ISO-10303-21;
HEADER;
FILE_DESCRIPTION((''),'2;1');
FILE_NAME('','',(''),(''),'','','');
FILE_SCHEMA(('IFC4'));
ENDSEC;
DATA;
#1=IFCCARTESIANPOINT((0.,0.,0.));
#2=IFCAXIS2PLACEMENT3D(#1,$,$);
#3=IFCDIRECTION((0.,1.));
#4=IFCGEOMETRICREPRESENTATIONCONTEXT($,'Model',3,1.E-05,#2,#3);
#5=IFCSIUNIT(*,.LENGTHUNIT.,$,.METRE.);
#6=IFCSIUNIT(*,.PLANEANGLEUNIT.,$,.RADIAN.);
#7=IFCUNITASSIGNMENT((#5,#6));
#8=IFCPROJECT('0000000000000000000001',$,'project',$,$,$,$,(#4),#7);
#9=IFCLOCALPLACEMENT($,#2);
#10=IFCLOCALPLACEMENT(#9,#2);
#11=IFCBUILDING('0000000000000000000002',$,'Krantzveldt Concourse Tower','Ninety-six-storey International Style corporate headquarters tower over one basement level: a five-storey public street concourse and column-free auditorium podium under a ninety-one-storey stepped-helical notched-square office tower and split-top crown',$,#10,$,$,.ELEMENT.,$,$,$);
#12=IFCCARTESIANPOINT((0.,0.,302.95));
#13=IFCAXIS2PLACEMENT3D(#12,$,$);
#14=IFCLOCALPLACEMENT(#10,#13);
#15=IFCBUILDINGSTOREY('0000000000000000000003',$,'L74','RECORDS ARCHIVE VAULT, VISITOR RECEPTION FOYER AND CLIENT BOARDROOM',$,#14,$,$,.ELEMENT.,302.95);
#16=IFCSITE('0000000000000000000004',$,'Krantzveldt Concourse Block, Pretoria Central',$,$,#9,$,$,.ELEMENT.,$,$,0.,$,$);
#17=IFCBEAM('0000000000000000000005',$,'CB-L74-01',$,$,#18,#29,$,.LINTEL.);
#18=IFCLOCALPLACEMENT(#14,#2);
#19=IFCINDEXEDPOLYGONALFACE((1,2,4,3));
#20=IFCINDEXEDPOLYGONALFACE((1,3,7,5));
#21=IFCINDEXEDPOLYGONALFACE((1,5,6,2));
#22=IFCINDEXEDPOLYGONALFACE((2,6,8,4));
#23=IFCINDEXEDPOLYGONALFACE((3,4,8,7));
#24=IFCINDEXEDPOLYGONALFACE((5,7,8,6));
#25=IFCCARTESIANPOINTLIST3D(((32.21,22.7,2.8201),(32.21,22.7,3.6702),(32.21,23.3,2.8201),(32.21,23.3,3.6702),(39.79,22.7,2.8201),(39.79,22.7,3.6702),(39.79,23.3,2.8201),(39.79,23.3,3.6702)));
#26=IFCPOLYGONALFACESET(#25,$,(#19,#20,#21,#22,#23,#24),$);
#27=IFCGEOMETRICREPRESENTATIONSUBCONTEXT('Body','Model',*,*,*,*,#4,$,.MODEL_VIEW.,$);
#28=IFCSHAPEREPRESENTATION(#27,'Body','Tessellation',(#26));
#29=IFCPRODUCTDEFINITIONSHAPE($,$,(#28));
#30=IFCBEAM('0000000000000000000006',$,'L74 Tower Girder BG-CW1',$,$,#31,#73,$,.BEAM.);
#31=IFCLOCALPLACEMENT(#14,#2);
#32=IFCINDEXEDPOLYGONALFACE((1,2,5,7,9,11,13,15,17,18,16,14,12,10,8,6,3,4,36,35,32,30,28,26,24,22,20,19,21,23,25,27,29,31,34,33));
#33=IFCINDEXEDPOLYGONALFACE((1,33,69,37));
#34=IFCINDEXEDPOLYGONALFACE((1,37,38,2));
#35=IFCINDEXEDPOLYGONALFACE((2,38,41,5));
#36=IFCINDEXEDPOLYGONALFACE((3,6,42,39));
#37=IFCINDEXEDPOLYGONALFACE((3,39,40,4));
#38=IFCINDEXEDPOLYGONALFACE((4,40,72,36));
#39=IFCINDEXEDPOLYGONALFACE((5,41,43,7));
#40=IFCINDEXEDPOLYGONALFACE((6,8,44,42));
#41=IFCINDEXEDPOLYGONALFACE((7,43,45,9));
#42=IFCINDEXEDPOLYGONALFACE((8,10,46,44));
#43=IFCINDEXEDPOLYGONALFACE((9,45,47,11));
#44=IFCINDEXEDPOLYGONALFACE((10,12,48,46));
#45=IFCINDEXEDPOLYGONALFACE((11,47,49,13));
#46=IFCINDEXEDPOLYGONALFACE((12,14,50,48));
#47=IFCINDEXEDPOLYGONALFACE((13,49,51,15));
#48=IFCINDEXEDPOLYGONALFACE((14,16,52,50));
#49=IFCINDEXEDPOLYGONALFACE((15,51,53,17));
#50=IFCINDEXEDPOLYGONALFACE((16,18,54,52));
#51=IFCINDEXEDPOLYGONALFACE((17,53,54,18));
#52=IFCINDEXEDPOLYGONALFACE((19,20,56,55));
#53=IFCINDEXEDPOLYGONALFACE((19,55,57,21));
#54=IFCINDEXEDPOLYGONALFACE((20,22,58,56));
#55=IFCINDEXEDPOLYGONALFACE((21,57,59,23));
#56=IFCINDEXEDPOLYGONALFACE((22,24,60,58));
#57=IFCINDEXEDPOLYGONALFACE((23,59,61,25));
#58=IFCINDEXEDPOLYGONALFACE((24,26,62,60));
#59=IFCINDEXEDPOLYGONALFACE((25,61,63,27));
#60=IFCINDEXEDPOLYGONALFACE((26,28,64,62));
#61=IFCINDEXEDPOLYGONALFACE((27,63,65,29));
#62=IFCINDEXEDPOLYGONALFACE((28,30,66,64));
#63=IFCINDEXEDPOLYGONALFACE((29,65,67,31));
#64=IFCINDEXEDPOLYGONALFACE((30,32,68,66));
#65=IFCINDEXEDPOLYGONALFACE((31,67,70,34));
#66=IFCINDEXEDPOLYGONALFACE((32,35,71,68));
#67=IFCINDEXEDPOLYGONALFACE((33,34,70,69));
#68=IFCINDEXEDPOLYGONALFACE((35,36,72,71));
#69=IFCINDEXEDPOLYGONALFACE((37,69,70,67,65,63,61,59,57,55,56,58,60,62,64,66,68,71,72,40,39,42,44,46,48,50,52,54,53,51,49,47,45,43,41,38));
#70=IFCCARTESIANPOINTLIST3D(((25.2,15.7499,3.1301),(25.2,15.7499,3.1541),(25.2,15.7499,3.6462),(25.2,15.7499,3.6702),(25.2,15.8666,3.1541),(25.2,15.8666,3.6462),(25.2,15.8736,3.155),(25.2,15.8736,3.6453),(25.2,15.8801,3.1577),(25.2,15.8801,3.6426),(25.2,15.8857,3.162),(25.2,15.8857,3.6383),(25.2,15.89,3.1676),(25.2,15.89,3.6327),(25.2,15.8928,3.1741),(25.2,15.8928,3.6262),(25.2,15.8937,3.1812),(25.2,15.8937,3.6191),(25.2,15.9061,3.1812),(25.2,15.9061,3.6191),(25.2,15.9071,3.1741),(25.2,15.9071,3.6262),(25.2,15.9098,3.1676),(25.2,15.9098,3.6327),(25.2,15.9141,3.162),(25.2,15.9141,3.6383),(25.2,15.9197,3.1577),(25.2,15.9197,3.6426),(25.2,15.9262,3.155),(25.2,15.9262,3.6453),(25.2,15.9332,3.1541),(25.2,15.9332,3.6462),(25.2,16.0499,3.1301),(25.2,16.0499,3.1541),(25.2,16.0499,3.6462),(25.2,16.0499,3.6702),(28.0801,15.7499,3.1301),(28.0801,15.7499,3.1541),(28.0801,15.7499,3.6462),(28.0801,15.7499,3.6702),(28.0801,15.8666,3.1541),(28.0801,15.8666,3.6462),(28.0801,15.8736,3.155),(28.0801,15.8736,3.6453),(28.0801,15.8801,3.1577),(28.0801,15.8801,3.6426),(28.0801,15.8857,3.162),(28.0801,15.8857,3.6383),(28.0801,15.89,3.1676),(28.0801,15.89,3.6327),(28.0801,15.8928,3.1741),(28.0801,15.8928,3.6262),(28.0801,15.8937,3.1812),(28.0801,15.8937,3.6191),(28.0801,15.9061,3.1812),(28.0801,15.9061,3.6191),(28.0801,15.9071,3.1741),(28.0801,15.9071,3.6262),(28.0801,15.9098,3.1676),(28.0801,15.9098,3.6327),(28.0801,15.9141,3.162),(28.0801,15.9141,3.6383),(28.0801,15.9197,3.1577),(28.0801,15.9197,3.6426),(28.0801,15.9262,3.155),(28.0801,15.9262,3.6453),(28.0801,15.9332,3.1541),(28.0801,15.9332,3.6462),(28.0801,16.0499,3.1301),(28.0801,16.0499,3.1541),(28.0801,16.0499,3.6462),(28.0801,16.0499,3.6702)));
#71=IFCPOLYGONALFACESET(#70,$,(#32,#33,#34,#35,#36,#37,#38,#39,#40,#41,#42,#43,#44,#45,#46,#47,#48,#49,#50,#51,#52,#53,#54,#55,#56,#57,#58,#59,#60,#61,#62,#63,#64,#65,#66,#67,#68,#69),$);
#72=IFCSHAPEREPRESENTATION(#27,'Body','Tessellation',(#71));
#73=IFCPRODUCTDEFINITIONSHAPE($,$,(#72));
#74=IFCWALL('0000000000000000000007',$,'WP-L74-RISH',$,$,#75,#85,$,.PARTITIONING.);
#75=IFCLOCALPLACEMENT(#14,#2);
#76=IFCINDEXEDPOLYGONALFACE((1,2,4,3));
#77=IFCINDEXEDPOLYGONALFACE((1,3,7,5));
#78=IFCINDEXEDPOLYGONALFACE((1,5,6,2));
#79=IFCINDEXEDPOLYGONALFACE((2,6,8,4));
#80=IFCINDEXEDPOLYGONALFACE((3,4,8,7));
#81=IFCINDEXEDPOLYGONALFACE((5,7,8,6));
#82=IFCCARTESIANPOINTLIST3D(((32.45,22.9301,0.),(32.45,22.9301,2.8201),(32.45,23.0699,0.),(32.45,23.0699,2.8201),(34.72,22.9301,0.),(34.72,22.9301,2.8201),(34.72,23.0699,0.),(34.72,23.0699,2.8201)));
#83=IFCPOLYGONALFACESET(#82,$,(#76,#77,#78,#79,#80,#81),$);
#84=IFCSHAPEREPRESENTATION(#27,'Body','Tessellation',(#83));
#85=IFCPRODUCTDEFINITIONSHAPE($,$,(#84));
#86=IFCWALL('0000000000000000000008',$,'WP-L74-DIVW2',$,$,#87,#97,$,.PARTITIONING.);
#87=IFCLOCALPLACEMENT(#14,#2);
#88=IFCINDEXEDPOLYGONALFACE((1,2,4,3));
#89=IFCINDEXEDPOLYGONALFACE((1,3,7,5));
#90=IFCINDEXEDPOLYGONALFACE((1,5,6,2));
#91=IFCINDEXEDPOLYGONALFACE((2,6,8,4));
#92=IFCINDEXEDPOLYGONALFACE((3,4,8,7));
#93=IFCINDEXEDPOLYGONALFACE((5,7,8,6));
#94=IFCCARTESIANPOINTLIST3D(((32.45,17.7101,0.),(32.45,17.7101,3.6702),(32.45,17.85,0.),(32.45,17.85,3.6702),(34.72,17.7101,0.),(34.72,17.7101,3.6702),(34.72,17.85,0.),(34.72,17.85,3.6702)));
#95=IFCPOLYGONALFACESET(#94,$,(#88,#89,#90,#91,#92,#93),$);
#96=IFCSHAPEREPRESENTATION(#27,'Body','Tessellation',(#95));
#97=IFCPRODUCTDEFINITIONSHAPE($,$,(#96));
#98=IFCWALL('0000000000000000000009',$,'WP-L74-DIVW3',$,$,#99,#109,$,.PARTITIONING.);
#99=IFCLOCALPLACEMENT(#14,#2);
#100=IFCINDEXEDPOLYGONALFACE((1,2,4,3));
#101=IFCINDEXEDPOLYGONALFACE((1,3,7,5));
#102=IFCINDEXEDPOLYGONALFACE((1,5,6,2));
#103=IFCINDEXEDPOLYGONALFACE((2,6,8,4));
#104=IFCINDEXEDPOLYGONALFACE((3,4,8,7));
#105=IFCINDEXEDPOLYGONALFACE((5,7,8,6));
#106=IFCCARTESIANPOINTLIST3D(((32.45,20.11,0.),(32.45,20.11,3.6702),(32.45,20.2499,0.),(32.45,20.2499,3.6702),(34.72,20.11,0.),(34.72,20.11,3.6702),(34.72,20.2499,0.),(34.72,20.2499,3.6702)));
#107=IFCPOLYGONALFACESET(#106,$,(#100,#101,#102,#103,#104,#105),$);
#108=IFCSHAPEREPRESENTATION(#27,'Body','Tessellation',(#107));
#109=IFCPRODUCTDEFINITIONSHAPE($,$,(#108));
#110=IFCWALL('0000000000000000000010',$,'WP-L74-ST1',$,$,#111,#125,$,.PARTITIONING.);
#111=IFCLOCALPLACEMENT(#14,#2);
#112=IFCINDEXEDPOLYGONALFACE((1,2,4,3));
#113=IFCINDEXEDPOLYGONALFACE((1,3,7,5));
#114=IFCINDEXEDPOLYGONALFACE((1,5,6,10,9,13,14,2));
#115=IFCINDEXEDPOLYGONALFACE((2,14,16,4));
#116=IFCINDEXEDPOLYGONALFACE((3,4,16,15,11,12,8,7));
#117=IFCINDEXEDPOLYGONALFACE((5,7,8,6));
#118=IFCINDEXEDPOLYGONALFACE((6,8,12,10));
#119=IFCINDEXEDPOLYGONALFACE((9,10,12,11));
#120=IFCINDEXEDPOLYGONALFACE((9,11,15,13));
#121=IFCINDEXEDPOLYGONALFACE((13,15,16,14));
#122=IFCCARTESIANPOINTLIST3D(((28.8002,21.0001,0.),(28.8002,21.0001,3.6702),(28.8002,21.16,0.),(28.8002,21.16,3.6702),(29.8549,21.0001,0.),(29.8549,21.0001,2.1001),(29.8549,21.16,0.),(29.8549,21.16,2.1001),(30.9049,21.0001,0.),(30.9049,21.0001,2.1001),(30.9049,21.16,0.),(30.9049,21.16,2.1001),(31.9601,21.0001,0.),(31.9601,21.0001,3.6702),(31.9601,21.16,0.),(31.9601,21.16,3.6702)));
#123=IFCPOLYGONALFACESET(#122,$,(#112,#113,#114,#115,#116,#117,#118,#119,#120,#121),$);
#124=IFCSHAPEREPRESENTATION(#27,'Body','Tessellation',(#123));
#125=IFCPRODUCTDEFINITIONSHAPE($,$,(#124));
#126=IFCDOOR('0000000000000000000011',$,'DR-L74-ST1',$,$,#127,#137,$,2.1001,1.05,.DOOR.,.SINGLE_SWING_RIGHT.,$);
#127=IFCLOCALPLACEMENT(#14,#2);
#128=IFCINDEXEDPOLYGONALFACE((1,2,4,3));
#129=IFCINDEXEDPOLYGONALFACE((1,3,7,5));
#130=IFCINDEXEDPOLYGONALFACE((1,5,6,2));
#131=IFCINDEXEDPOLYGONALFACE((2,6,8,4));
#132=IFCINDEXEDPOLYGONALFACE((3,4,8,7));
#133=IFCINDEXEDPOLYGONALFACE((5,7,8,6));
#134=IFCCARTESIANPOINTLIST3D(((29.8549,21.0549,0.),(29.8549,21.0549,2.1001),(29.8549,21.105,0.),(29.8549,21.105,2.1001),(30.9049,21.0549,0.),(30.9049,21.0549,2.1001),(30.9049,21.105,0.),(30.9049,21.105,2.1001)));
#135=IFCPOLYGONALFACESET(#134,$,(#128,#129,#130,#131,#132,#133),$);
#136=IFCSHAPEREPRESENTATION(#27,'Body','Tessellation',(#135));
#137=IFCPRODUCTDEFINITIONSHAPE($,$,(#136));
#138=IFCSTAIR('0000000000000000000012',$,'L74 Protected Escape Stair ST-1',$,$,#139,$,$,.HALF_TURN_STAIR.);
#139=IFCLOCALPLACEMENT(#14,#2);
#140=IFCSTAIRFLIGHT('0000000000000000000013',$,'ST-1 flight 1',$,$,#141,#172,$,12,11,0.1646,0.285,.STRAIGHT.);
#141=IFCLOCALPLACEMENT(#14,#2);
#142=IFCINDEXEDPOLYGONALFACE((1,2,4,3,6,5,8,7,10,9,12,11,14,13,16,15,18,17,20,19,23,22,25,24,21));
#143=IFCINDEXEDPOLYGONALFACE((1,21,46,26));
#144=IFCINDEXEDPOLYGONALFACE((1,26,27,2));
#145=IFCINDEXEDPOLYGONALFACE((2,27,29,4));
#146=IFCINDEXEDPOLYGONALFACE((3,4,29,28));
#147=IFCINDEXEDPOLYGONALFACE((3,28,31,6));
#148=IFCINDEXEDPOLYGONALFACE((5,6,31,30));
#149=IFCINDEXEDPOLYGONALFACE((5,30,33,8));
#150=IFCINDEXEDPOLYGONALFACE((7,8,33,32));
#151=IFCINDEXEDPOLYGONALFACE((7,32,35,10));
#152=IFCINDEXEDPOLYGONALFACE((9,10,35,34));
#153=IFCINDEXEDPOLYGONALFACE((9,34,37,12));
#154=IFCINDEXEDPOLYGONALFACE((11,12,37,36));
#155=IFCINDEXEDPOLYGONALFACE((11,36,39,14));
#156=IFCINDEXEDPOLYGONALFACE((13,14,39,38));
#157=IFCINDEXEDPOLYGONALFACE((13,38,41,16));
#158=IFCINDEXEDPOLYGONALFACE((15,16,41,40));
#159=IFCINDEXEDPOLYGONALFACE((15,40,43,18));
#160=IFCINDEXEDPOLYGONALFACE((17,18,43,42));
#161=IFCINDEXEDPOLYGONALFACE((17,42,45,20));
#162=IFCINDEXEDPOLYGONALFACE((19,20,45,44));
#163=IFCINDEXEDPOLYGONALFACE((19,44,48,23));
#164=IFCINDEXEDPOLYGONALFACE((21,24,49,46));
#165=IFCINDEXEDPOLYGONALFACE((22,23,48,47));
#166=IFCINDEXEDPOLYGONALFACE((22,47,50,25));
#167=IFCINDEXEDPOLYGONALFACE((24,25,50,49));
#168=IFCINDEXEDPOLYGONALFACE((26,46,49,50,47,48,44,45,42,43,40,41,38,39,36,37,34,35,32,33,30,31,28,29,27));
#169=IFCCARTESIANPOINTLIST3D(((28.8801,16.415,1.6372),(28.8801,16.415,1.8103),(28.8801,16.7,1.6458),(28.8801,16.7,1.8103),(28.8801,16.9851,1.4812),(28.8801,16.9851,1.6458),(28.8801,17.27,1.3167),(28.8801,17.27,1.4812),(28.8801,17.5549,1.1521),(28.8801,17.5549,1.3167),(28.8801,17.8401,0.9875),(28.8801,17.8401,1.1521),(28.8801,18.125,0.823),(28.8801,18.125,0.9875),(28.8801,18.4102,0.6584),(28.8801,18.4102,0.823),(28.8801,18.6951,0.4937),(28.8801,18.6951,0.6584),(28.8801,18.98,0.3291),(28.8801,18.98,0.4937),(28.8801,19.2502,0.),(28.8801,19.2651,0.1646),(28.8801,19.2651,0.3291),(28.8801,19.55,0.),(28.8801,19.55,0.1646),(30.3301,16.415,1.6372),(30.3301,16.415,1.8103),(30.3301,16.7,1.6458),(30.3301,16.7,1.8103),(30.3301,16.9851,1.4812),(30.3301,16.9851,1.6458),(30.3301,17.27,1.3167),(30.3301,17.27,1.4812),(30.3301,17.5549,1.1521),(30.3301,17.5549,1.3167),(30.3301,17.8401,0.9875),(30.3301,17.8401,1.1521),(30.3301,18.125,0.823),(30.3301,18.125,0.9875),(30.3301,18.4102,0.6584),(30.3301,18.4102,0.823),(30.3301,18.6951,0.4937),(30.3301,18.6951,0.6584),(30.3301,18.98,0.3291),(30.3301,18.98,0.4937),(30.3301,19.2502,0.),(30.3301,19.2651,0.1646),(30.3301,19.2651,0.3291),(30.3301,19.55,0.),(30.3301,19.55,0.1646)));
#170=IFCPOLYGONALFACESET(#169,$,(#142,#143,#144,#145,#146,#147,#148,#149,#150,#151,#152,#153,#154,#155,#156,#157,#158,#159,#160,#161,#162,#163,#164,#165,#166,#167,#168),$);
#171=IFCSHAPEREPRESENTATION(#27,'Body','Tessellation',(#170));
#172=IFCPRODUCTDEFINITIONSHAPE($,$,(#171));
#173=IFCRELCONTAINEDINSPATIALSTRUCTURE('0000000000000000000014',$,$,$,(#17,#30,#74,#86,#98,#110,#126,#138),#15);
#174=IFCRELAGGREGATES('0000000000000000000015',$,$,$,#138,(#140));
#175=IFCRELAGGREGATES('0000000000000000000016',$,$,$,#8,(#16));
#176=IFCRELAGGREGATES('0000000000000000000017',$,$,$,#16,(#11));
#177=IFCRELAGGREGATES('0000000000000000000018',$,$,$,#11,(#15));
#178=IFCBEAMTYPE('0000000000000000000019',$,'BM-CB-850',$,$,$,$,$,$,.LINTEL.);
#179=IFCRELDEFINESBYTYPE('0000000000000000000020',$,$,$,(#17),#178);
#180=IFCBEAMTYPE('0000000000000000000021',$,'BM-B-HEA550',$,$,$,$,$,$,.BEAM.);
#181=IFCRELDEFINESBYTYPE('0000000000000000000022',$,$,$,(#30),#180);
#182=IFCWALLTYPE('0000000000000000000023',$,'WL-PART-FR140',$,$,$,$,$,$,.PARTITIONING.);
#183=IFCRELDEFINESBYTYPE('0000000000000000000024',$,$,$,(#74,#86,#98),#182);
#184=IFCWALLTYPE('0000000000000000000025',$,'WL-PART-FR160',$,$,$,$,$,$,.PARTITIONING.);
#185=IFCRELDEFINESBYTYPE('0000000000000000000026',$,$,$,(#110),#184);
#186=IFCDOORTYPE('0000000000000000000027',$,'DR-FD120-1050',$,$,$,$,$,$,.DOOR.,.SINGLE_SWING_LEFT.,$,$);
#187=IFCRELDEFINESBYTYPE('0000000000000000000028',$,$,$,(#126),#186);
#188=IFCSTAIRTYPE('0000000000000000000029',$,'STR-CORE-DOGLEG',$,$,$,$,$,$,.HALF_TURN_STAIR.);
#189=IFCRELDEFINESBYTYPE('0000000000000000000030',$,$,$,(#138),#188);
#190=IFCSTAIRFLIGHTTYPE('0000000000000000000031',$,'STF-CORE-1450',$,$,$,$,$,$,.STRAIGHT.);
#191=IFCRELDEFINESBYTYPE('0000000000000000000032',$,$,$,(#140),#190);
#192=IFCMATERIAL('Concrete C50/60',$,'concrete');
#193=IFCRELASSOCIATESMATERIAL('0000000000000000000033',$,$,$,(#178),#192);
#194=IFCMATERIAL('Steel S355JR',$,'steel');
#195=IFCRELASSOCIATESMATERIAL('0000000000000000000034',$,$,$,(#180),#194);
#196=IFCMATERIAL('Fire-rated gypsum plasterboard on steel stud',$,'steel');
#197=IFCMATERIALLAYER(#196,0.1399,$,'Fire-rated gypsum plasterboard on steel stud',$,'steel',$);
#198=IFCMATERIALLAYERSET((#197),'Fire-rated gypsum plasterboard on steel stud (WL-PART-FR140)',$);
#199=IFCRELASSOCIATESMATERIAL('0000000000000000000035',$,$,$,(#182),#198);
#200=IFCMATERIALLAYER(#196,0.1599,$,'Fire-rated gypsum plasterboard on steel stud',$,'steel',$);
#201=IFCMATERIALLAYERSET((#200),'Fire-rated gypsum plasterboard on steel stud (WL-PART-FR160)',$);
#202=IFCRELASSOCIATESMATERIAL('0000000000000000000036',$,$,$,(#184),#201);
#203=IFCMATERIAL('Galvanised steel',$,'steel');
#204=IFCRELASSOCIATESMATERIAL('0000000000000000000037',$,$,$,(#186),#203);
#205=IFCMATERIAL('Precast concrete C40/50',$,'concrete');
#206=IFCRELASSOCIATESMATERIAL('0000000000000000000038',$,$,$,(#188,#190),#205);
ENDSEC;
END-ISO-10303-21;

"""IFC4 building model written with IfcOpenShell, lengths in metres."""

from ifc_helpers import new_model, si_unit, direction, frame, frame_2d, origin, origin_2d, place, context, subcontext, project, spatial, polyline, rectangle, i_section, outline, extrude, source, transform, mapped, material, layer, layer_set, material_profile, profile_set, type_object, type_shapes, element, fill, aggregate, save


model = new_model("IFC4")

# Units and contexts
model_context = context("Model", 3, precision=1e-05, world=origin(), true_north=direction((0.0, 1.0)))
body_context = subcontext(model_context, "Body", "Model", "MODEL_VIEW")
ifc_project = project(units=[si_unit("LENGTHUNIT", "METRE"), si_unit("PLANEANGLEUNIT", "RADIAN")], contexts=[model_context])

# Site, building, storey
site_placement = place(None, origin())
site = spatial("IfcSite", under=ifc_project, at=site_placement, Name="Krantzveldt Concourse Block, Pretoria Central", CompositionType="ELEMENT", RefElevation=0.0)
building_placement = place(site_placement, origin())
building = spatial("IfcBuilding", under=site, at=building_placement, Name="Krantzveldt Concourse Tower", Description="Ninety-six-storey International Style corporate headquarters tower over one basement level: a five-storey public street concourse and column-free auditorium podium under a ninety-one-storey stepped-helical notched-square office tower and split-top crown", CompositionType="ELEMENT")
storey_placement = place(building_placement, frame((0.0, 0.0, 302.95)))
storey = spatial("IfcBuildingStorey", under=building, at=storey_placement, Name="L74", Description="RECORDS ARCHIVE VAULT, VISITOR RECEPTION FOYER AND CLIENT BOARDROOM", CompositionType="ELEMENT", Elevation=302.95)

# Beams
ifc_material_1 = material(Name="Concrete C50/60", Category="concrete")
ifc_material_profile_1 = material_profile(ifc_material_1, rectangle(XDim=0.6001, YDim=0.8501, at=origin_2d()), Name="Concrete C50/60", Category="concrete")
ifc_profile_set_1 = profile_set([ifc_material_profile_1], Name="Concrete C50/60 - RC-CB 600x850")
beam_type_1 = type_object("IfcBeamType", Name="BM-CB-850", PredefinedType="LINTEL", material=ifc_profile_set_1)
shared_shape_1 = source(origin(), body_context, "Body", "SweptSolid", [
    extrude(rectangle(XDim=0.6001, YDim=0.8501, at=origin_2d()), origin(), (0.0, 0.0, 1.0), 7.5801),
])
type_shapes(beam_type_1, [shared_shape_1])
beam_1_placement = place(storey_placement, frame((32.21, 23.0, 3.2451), z_axis=(1.0, 0.0, 0.0), x_axis=(0.0, 1.0, 0.0)))
element("IfcBeam", 1, at=beam_1_placement, inside=storey, type_object=beam_type_1, Name="CB-L74-01", PredefinedType="LINTEL", context=body_context, shape_type="MappedRepresentation", body=[
    mapped(shared_shape_1, transform((0.0, 0.0, 0.0), x_axis=(1.0, 0.0, 0.0), y_axis=(0.0, 1.0, 0.0), z_axis=(0.0, 0.0, 1.0), scale=1.0)),
])
ifc_material_2 = material(Name="Steel S355JR", Category="steel")
ifc_material_profile_2 = material_profile(ifc_material_2, i_section(OverallWidth=0.3, OverallDepth=0.54, WebThickness=0.0125, FlangeThickness=0.0239, FilletRadius=0.0271, at=origin_2d()), Name="Steel S355JR", Category="steel")
ifc_profile_set_2 = profile_set([ifc_material_profile_2], Name="Steel S355JR - HEA 550")
beam_type_2 = type_object("IfcBeamType", Name="BM-B-HEA550", PredefinedType="BEAM", material=ifc_profile_set_2)
shared_shape_2 = source(origin(), body_context, "Body", "SweptSolid", [
    extrude(i_section(OverallWidth=0.3, OverallDepth=0.54, WebThickness=0.0125, FlangeThickness=0.0239, FilletRadius=0.0271, at=origin_2d()), origin(), (0.0, 0.0, 1.0), 2.8801),
])
type_shapes(beam_type_2, [shared_shape_2])
beam_2_placement = place(storey_placement, frame((25.2, 15.8999, 3.4001), z_axis=(1.0, 0.0, 0.0), x_axis=(0.0, 1.0, 0.0)))
element("IfcBeam", 2, at=beam_2_placement, inside=storey, type_object=beam_type_2, Name="L74 Tower Girder BG-CW1", PredefinedType="BEAM", context=body_context, shape_type="MappedRepresentation", body=[
    mapped(shared_shape_2, transform((0.0, 0.0, 0.0), x_axis=(1.0, 0.0, 0.0), y_axis=(0.0, 1.0, 0.0), z_axis=(0.0, 0.0, 1.0), scale=1.0)),
])

# Walls
ifc_material_3 = material(Name="Fire-rated gypsum plasterboard on steel stud", Category="steel")
ifc_layer_1 = layer(ifc_material_3, 0.1399, Name="Fire-rated gypsum plasterboard on steel stud", Category="steel")
ifc_layer_set_1 = layer_set([ifc_layer_1], Name="Fire-rated gypsum plasterboard on steel stud (WL-PART-FR140)")
wall_type_1 = type_object("IfcWallType", Name="WL-PART-FR140", PredefinedType="PARTITIONING", material=ifc_layer_set_1)
wall_1_placement = place(storey_placement, frame((32.45, 23.0, 0.0), z_axis=(0.0, 0.0, 1.0), x_axis=(1.0, 0.0, 0.0)))
element("IfcWall", 3, at=wall_1_placement, inside=storey, type_object=wall_type_1, Name="WP-L74-RISH", PredefinedType="PARTITIONING", context=body_context, shape_type="SweptSolid", body=[
    extrude(rectangle(XDim=2.27, YDim=0.1399, at=frame_2d((1.135, 0.0))), origin(), (0.0, 0.0, 1.0), 2.8201),
])
for number, where, z_axis, x_axis, name in (
    (4, (32.45, 17.78, 0.0), (0.0, 0.0, 1.0), (1.0, 0.0, 0.0), "WP-L74-DIVW2"),
    (5, (32.45, 20.1799, 0.0), (0.0, 0.0, 1.0), (1.0, 0.0, 0.0), "WP-L74-DIVW3"),
):
    element("IfcWall", number, at=place(storey_placement, frame(where, z_axis=z_axis, x_axis=x_axis)), inside=storey, type_object=wall_type_1, Name=name, PredefinedType="PARTITIONING", context=body_context, shape_type="SweptSolid", body=[
        extrude(rectangle(XDim=2.27, YDim=0.1399, at=frame_2d((1.135, 0.0))), origin(), (0.0, 0.0, 1.0), 3.6702),
    ])

# Wall, opening, door
ifc_layer_2 = layer(ifc_material_3, 0.1599, Name="Fire-rated gypsum plasterboard on steel stud", Category="steel")
ifc_layer_set_2 = layer_set([ifc_layer_2], Name="Fire-rated gypsum plasterboard on steel stud (WL-PART-FR160)")
wall_type_2 = type_object("IfcWallType", Name="WL-PART-FR160", PredefinedType="PARTITIONING", material=ifc_layer_set_2)
wall_2_placement = place(storey_placement, frame((28.8, 21.0801, 0.0), z_axis=(0.0, 0.0, 1.0), x_axis=(1.0, 0.0, 0.0)))
wall_2 = element("IfcWall", 6, at=wall_2_placement, inside=storey, type_object=wall_type_2, Name="WP-L74-ST1", PredefinedType="PARTITIONING", context=body_context, shape_type="SweptSolid", body=[
    extrude(rectangle(XDim=3.1599, YDim=0.1599, at=frame_2d((1.5801, 0.0))), origin(), (0.0, 0.0, 1.0), 3.6702),
])
opening_placement = place(wall_2_placement, frame((1.0549, 0.0, 0.0)))
opening = element("IfcOpeningElement", 7, at=opening_placement, cuts=wall_2, PredefinedType="OPENING", context=body_context, shape_type="SweptSolid", body=[
    extrude(rectangle(XDim=1.05, YDim=2.1001, at=frame_2d((0.5249, 1.05))), frame((0.0, 0.0898, 0.0), z_axis=(0.0, -1.0, 0.0), x_axis=(1.0, 0.0, 0.0)), (0.0, 0.0, 1.0), 0.1799),
])
ifc_material_4 = material(Name="Galvanised steel", Category="steel")
door_type = type_object("IfcDoorType", Name="DR-FD120-1050", OperationType="SINGLE_SWING_LEFT", PredefinedType="DOOR", material=ifc_material_4)
door_placement = place(opening_placement, origin())
door = element("IfcDoor", 8, at=door_placement, inside=storey, type_object=door_type, Name="DR-L74-ST1", OperationType="SINGLE_SWING_RIGHT", OverallHeight=2.1001, OverallWidth=1.05, PredefinedType="DOOR", context=body_context, shape_type="SweptSolid", body=[
    extrude(rectangle(XDim=1.05, YDim=2.1001, at=frame_2d((0.5249, 1.05))), frame((0.0, 0.0249, 0.0), z_axis=(0.0, -1.0, 0.0), x_axis=(1.0, 0.0, 0.0)), (0.0, 0.0, 1.0), 0.05),
])
fill(opening, door)

# Stair, stair flight
ifc_material_5 = material(Name="Precast concrete C40/50", Category="concrete")
stair_type = type_object("IfcStairType", Name="STR-CORE-DOGLEG", PredefinedType="HALF_TURN_STAIR", material=ifc_material_5)
stair_placement = place(storey_placement, origin())
stair = element("IfcStair", 9, at=stair_placement, inside=storey, type_object=stair_type, Name="L74 Protected Escape Stair ST-1", PredefinedType="HALF_TURN_STAIR")
stair_flight_type = type_object("IfcStairFlightType", Name="STF-CORE-1450", PredefinedType="STRAIGHT", material=ifc_material_5)
stair_flight_1_placement = place(storey_placement, frame((29.605, 19.55, 0.0), z_axis=(0.0, 0.0, 1.0), x_axis=(0.0, -1.0, 0.0)))
stair_flight_1 = element("IfcStairFlight", 10, at=stair_flight_1_placement, type_object=stair_flight_type, Name="ST-1 flight 1", NumberOfRisers=12, NumberOfTreads=11, PredefinedType="STRAIGHT", RiserHeight=0.1646, TreadLength=0.285, context=body_context, shape_type="SweptSolid", body=[
    extrude(outline(polyline([(0.0, 0.0), (0.0, 0.1646), (0.2849, 0.1646), (0.2849, 0.3291), (0.5701, 0.3291), (0.5701, 0.4937), (0.855, 0.4937), (0.855, 0.6584), (1.1399, 0.6584), (1.1399, 0.823), (1.425, 0.823), (1.425, 0.9875), (1.71, 0.9875), (1.71, 1.1521), (1.9951, 1.1521), (1.9951, 1.3167), (2.28, 1.3167), (2.28, 1.4812), (2.5649, 1.4812), (2.5649, 1.6458), (2.8501, 1.6458), (2.8501, 1.8103), (3.135, 1.8103), (3.135, 1.9751), (3.135, 1.6372), (0.2998, 0.0), (0.0, 0.0)])), frame((0.0, 0.7251, 0.0), z_axis=(0.0, -1.0, 0.0), x_axis=(1.0, 0.0, 0.0)), (0.0, 0.0, 1.0), 1.45),
])
aggregate(stair, [stair_flight_1])

save(model, "model.ifc")
